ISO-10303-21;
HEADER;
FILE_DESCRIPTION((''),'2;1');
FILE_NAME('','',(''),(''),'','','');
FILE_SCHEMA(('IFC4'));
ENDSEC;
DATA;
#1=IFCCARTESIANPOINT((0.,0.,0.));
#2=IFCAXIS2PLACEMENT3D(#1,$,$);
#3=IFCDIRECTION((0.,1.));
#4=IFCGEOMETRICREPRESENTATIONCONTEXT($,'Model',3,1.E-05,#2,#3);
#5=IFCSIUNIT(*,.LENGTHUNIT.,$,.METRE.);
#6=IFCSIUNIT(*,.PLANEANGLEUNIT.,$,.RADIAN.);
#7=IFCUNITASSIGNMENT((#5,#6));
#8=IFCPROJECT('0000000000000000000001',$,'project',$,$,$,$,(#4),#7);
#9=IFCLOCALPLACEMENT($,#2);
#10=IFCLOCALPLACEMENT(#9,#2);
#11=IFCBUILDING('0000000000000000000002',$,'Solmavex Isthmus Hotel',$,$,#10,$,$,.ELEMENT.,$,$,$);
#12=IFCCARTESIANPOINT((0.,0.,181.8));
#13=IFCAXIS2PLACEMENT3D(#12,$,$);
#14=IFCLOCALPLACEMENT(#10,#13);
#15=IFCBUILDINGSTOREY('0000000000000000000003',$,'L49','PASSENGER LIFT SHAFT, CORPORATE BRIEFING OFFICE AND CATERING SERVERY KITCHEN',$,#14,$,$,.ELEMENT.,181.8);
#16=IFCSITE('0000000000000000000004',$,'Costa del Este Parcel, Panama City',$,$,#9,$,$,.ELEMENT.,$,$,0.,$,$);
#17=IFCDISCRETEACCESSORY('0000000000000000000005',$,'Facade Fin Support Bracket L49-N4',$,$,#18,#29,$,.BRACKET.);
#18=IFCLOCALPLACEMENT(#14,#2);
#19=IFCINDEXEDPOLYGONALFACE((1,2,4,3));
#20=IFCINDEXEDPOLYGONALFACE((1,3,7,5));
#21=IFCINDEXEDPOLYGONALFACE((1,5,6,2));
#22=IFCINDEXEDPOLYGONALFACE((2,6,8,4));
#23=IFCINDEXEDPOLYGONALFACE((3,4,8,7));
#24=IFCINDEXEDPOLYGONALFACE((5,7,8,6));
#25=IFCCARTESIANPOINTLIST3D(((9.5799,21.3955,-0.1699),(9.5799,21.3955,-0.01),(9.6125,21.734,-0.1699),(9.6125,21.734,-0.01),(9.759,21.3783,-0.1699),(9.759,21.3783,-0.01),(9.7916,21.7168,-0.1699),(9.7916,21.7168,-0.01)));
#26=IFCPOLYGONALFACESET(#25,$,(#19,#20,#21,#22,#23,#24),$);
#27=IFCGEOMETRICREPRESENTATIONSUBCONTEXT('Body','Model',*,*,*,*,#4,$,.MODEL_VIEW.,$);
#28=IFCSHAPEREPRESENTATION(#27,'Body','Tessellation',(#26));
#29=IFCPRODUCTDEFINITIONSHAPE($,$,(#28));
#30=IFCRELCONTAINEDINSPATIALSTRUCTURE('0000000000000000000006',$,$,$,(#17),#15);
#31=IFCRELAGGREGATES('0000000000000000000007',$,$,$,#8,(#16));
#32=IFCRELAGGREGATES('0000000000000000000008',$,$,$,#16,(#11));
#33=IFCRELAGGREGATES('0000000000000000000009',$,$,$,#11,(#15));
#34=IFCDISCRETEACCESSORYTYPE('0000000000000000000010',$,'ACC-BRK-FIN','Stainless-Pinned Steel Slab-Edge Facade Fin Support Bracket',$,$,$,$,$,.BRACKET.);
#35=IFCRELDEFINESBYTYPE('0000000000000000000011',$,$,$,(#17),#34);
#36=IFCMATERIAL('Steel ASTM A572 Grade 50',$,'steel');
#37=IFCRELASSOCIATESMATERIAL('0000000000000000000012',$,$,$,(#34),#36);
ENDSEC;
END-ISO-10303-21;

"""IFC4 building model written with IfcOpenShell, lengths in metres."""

from ifc_helpers import new_model, si_unit, direction, frame, origin, origin_2d, place, context, subcontext, project, spatial, rectangle, extrude, material, type_object, element, save


model = new_model("IFC4")

# Units and contexts
model_context = context("Model", 3, precision=1e-05, world=origin(), true_north=direction((0.0, 1.0)))
body_context = subcontext(model_context, "Body", "Model", "MODEL_VIEW")
ifc_project = project(units=[si_unit("LENGTHUNIT", "METRE"), si_unit("PLANEANGLEUNIT", "RADIAN")], contexts=[model_context])

# Site, building, storey
site_placement = place(None, origin())
site = spatial("IfcSite", under=ifc_project, at=site_placement, Name="Costa del Este Parcel, Panama City", CompositionType="ELEMENT", RefElevation=0.0)
building_placement = place(site_placement, origin())
building = spatial("IfcBuilding", under=site, at=building_placement, Name="Solmavex Isthmus Hotel", CompositionType="ELEMENT")
storey_placement = place(building_placement, frame((0.0, 0.0, 181.8)))
storey = spatial("IfcBuildingStorey", under=building, at=storey_placement, Name="L49", Description="PASSENGER LIFT SHAFT, CORPORATE BRIEFING OFFICE AND CATERING SERVERY KITCHEN", CompositionType="ELEMENT", Elevation=181.8)

# Discrete accessory
ifc_material_1 = material(Name="Steel ASTM A572 Grade 50", Category="steel")
discrete_accessory_type = type_object("IfcDiscreteAccessoryType", Name="ACC-BRK-FIN", Description="Stainless-Pinned Steel Slab-Edge Facade Fin Support Bracket", PredefinedType="BRACKET", material=ifc_material_1)
for number, where, z_axis, x_axis, name in (
    (1, (9.6858, 21.5562, -0.1699), (0.0, 0.0, 1.0), (0.095846, 0.995396, 0.0), "Facade Fin Support Bracket L49-N4"),
):
    element("IfcDiscreteAccessory", number, at=place(storey_placement, frame(where, z_axis=z_axis, x_axis=x_axis)), inside=storey, type_object=discrete_accessory_type, Name=name, PredefinedType="BRACKET", context=body_context, shape_type="SweptSolid", body=[
        extrude(rectangle(XDim=0.3401, YDim=0.1799, at=origin_2d()), origin(), (0.0, 0.0, 1.0), 0.1599),
    ])

save(model, "model.ifc")
